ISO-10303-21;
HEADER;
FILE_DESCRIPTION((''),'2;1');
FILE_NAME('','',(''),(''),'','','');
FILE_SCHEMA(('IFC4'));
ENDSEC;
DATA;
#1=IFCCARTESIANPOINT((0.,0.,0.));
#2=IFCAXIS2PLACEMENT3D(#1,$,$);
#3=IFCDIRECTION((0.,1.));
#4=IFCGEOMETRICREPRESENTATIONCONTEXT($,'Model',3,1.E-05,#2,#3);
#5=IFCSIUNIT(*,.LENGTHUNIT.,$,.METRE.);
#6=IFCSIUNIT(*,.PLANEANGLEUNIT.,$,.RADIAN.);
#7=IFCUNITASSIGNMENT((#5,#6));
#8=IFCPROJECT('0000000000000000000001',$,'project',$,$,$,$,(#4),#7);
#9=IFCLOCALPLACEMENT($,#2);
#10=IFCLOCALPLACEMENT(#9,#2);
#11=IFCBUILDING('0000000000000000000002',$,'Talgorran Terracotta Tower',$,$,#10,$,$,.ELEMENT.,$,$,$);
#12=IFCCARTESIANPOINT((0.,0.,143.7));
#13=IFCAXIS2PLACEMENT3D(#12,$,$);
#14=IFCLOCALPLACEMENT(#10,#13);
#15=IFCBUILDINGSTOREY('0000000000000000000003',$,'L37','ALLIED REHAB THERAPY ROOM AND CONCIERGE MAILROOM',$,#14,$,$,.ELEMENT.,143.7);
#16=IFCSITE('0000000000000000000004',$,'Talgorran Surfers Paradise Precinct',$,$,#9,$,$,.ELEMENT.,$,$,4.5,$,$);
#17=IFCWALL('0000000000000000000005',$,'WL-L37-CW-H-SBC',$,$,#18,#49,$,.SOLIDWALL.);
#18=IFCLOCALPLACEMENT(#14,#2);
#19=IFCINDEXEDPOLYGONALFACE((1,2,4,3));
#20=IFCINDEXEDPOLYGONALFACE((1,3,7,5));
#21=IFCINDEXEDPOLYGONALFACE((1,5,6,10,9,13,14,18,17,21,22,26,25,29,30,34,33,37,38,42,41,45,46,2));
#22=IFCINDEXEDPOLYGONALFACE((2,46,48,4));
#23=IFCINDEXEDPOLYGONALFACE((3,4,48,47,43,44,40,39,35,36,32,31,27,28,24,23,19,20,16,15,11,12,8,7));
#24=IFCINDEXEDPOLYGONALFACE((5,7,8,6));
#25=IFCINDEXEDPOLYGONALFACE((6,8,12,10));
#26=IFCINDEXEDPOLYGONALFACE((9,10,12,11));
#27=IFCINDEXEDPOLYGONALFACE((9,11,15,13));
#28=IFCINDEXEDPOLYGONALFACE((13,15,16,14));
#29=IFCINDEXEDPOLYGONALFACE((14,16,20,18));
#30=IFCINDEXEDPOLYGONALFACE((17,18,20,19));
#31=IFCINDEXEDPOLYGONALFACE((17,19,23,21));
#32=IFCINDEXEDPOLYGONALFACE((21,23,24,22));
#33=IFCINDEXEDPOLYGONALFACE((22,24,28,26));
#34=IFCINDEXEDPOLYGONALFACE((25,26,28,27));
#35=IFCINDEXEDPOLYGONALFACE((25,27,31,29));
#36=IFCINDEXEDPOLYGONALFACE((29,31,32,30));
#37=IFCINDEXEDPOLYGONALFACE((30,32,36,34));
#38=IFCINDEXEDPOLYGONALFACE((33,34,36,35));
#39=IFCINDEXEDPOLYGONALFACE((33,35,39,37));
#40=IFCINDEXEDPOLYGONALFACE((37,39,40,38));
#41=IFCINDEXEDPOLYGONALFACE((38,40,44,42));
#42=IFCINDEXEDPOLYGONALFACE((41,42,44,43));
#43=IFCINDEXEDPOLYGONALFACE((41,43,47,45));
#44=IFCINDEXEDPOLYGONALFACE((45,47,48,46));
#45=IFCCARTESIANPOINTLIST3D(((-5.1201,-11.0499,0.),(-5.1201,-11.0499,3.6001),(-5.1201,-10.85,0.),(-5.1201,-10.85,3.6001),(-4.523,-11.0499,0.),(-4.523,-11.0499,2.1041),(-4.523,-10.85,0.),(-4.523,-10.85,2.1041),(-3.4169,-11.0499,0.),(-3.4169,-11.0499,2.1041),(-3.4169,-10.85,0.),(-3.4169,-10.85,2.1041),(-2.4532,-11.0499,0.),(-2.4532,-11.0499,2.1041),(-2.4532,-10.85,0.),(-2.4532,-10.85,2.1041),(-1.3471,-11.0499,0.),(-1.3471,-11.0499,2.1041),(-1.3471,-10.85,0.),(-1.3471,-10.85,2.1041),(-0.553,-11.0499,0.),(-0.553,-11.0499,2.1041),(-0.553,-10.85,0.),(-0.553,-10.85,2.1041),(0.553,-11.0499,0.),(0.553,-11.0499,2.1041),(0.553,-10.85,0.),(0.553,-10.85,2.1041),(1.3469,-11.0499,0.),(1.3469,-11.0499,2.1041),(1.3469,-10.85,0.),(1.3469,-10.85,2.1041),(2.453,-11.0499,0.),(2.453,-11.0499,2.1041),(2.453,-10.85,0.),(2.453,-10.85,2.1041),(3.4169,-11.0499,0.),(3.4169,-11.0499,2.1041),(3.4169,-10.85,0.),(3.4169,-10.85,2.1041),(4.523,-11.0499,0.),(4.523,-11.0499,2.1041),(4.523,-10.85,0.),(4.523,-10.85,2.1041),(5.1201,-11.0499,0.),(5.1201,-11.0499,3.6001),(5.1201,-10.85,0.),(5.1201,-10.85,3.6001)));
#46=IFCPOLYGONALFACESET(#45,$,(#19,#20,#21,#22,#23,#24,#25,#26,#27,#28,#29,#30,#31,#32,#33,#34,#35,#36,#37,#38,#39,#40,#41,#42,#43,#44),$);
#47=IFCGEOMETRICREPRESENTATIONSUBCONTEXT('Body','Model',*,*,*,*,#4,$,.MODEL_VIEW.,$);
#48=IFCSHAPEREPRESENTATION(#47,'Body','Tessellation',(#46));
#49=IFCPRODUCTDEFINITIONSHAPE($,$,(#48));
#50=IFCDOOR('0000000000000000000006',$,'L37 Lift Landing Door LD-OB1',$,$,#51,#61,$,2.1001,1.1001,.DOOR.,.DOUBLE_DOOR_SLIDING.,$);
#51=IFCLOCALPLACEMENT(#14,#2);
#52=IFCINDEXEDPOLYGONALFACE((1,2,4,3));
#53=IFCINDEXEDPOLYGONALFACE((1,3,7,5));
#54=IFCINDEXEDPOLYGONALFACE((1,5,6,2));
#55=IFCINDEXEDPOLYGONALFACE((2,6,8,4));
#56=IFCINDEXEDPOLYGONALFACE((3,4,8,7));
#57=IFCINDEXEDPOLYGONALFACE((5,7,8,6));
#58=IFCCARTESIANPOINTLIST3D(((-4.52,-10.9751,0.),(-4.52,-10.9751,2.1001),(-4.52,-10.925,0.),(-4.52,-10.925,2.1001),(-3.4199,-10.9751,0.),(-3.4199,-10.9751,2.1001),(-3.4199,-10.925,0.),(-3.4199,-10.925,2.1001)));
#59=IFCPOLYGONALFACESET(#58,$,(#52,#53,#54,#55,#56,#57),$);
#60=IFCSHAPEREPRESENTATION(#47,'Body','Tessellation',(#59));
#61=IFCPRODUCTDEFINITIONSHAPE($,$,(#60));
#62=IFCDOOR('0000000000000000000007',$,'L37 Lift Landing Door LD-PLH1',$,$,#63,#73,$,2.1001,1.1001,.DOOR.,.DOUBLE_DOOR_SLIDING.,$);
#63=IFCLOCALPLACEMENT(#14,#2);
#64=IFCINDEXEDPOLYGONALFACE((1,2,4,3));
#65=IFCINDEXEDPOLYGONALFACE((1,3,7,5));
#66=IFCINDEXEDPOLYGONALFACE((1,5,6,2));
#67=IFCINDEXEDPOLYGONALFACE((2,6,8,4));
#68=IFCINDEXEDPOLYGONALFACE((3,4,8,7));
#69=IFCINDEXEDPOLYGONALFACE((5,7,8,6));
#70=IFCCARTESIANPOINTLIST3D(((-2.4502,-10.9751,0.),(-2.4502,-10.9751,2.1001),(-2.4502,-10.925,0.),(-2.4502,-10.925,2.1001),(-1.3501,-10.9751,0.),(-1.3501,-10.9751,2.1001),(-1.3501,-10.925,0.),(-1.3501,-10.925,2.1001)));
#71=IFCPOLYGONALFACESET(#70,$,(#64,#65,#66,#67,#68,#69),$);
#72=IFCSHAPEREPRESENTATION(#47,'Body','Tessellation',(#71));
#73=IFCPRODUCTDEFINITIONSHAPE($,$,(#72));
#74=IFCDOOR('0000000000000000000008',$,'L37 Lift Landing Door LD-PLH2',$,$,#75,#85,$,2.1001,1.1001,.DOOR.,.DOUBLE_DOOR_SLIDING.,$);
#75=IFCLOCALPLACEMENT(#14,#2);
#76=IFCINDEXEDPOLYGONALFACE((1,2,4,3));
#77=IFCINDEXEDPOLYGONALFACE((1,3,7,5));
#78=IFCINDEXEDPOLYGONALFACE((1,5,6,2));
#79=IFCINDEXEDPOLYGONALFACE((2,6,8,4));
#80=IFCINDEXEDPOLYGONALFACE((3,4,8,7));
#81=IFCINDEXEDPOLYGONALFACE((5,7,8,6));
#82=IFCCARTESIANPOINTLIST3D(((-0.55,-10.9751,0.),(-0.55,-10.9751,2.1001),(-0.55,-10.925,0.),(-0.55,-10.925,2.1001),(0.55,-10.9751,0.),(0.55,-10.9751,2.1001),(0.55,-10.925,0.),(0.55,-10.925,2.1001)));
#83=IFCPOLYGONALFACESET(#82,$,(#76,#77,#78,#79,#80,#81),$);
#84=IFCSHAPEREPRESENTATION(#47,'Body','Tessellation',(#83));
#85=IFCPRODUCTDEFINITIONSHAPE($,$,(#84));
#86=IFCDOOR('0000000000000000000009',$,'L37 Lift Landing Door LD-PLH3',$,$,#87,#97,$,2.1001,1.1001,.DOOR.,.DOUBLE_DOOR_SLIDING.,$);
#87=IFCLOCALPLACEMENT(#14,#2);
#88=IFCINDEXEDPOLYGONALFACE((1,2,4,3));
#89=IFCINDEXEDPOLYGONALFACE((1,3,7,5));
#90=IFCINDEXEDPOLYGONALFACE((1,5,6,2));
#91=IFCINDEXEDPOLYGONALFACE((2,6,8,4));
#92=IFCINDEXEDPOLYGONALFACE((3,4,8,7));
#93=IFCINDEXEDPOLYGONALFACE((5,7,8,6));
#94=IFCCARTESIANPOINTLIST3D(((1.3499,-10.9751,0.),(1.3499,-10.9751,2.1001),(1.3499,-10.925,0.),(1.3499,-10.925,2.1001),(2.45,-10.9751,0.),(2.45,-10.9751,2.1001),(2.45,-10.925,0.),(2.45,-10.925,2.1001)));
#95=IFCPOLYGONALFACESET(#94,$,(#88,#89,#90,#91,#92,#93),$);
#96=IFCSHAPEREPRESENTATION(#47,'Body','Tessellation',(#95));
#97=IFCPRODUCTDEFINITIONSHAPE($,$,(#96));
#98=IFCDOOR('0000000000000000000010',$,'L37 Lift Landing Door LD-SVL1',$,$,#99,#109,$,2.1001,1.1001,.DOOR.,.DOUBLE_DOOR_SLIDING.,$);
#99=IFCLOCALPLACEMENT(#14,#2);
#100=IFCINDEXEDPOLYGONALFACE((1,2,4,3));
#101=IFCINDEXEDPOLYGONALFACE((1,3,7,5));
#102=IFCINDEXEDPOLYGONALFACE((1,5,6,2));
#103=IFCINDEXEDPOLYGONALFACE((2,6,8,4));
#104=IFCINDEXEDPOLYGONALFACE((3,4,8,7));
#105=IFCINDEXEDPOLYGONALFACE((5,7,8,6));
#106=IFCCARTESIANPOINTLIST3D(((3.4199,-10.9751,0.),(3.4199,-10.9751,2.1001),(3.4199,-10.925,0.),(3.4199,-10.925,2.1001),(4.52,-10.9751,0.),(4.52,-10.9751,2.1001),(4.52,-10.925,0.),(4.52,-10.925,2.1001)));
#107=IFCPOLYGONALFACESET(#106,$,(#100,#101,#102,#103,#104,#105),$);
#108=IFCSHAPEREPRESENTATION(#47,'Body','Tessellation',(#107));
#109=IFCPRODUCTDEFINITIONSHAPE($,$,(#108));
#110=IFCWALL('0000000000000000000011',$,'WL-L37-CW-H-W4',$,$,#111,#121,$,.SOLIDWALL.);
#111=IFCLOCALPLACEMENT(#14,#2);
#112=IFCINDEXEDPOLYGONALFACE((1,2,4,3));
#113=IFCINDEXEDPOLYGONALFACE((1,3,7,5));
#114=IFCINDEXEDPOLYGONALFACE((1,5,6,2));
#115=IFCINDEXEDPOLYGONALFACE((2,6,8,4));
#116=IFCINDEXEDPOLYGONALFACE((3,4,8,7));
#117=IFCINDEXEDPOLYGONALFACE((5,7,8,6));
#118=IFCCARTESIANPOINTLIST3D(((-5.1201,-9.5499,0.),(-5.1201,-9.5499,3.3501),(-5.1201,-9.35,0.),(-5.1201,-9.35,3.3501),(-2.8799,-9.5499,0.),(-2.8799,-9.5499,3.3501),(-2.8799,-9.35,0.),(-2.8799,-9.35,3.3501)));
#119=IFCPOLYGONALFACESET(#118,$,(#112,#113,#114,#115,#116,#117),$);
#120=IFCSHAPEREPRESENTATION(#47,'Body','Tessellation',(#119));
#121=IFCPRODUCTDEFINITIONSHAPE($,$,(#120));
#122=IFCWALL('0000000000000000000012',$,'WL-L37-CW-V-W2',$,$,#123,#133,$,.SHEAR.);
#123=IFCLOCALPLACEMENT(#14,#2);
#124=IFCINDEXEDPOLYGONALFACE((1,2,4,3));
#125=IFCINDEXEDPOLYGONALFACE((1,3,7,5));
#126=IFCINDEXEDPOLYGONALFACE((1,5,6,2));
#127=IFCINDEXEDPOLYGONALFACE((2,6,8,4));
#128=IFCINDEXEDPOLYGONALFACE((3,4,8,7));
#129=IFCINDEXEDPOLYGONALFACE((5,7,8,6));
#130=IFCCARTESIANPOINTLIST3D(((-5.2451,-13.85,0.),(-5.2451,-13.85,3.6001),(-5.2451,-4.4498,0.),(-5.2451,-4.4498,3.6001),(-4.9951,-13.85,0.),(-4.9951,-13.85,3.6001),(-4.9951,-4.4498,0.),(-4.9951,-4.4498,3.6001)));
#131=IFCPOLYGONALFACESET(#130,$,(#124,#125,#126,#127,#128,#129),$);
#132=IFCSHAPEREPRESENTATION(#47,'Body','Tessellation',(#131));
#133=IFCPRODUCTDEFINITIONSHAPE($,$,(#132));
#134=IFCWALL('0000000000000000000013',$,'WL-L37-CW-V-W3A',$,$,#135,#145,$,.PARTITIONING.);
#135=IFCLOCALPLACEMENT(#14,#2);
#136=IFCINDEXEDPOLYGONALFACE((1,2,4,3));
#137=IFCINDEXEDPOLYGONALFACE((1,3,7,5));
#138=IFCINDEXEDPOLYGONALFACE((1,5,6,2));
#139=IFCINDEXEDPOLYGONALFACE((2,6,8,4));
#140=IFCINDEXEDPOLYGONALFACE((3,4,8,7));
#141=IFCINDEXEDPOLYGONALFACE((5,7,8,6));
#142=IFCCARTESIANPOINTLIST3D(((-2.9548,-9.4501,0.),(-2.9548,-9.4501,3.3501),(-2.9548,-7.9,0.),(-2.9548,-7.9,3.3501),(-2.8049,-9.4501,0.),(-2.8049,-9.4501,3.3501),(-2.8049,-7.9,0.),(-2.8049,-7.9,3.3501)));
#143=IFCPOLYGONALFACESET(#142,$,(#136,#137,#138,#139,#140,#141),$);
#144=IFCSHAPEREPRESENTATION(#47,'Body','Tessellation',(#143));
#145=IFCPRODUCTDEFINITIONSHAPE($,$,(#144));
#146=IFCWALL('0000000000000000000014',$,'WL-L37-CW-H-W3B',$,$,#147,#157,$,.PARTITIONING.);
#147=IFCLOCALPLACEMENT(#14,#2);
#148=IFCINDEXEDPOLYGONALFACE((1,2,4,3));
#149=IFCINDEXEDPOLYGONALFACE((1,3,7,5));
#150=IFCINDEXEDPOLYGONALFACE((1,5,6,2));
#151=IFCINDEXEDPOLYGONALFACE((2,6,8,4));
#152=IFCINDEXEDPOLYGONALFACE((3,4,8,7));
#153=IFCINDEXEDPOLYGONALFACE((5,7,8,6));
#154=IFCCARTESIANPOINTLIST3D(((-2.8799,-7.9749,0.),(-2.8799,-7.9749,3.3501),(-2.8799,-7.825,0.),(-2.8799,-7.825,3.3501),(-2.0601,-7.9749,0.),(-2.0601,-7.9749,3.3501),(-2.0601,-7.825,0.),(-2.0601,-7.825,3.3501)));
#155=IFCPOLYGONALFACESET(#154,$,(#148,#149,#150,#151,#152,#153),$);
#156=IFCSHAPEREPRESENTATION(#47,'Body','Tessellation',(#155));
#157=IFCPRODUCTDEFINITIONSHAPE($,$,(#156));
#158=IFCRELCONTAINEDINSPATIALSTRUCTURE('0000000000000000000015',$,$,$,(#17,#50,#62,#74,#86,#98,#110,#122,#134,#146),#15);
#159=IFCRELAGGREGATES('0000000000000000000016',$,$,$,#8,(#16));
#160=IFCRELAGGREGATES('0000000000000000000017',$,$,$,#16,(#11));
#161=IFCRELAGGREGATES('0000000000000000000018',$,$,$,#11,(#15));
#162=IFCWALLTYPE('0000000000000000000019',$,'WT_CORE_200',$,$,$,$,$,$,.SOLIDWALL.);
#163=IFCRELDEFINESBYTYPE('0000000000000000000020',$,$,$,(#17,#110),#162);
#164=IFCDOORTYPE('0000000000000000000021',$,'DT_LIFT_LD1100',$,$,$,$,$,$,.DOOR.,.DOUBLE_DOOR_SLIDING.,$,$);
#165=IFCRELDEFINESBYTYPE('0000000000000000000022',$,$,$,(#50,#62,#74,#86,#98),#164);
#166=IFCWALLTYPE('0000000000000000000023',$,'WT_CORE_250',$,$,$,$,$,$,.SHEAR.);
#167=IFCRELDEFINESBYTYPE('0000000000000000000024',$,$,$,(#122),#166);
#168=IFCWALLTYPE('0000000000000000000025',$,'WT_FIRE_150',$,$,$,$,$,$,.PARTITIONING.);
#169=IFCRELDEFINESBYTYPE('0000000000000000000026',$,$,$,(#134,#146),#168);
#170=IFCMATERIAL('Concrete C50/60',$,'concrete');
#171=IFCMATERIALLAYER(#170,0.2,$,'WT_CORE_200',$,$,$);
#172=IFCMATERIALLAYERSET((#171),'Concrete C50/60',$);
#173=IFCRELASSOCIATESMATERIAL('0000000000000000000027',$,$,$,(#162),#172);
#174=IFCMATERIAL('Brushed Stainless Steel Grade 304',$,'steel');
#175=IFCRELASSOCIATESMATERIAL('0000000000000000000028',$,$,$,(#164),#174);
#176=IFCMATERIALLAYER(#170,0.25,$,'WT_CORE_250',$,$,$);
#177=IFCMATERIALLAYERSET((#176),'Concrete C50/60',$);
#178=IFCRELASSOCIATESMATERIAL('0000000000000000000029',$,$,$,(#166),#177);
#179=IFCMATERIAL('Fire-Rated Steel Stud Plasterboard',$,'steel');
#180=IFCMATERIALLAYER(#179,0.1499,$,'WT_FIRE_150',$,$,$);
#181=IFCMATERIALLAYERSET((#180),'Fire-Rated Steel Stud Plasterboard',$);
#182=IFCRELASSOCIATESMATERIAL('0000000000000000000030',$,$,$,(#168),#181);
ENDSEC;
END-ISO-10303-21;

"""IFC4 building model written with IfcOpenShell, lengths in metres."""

from ifc_helpers import new_model, si_unit, direction, frame, frame_2d, origin, place, context, subcontext, project, spatial, rectangle, extrude, material, layer, layer_set, type_object, element, fill, save


model = new_model("IFC4")

# Units and contexts
model_context = context("Model", 3, precision=1e-05, world=origin(), true_north=direction((0.0, 1.0)))
body_context = subcontext(model_context, "Body", "Model", "MODEL_VIEW")
ifc_project = project(units=[si_unit("LENGTHUNIT", "METRE"), si_unit("PLANEANGLEUNIT", "RADIAN")], contexts=[model_context])

# Site, building, storey
site_placement = place(None, origin())
site = spatial("IfcSite", under=ifc_project, at=site_placement, Name="Talgorran Surfers Paradise Precinct", CompositionType="ELEMENT", RefElevation=4.5)
building_placement = place(site_placement, origin())
building = spatial("IfcBuilding", under=site, at=building_placement, Name="Talgorran Terracotta Tower", CompositionType="ELEMENT")
storey_placement = place(building_placement, frame((0.0, 0.0, 143.7)))
storey = spatial("IfcBuildingStorey", under=building, at=storey_placement, Name="L37", Description="ALLIED REHAB THERAPY ROOM AND CONCIERGE MAILROOM", CompositionType="ELEMENT", Elevation=143.7)

# Shared definitions
ifc_material_1 = material(Name="Concrete C50/60", Category="concrete")

# Wall, openings, doors
ifc_layer_1 = layer(ifc_material_1, 0.2, Name="WT_CORE_200")
ifc_layer_set_1 = layer_set([ifc_layer_1], Name="Concrete C50/60")
wall_type_1 = type_object("IfcWallType", Name="WT_CORE_200", PredefinedType="SOLIDWALL", material=ifc_layer_set_1)
wall_1_placement = place(storey_placement, frame((-5.1201, -10.95, 0.0), z_axis=(0.0, 0.0, 1.0), x_axis=(1.0, 0.0, 0.0)))
wall_1 = element("IfcWall", 1, at=wall_1_placement, inside=storey, type_object=wall_type_1, Name="WL-L37-CW-H-SBC", PredefinedType="SOLIDWALL", context=body_context, shape_type="SweptSolid", body=[
    extrude(rectangle(XDim=10.2402, YDim=0.2, at=frame_2d((5.1201, 0.0))), origin(), (0.0, 0.0, 1.0), 3.6001),
])
opening_1_placement = place(wall_1_placement, frame((0.6001, 0.0, 0.0)))
opening_1 = element("IfcOpeningElement", 2, at=opening_1_placement, cuts=wall_1, PredefinedType="OPENING", context=body_context, shape_type="SweptSolid", body=[
    extrude(rectangle(XDim=1.1061, YDim=2.1041, at=frame_2d((0.55, 1.052))), frame((0.0, 0.1099, 0.0), z_axis=(0.0, -1.0, 0.0), x_axis=(1.0, 0.0, 0.0)), (0.0, 0.0, 1.0), 0.22),
])
opening_2_placement = place(wall_1_placement, frame((2.6699, 0.0, 0.0)))
opening_2 = element("IfcOpeningElement", 3, at=opening_2_placement, cuts=wall_1, PredefinedType="OPENING", context=body_context, shape_type="SweptSolid", body=[
    extrude(rectangle(XDim=1.1061, YDim=2.1041, at=frame_2d((0.55, 1.052))), frame((0.0, 0.1099, 0.0), z_axis=(0.0, -1.0, 0.0), x_axis=(1.0, 0.0, 0.0)), (0.0, 0.0, 1.0), 0.22),
])
opening_3_placement = place(wall_1_placement, frame((4.5701, 0.0, 0.0)))
opening_3 = element("IfcOpeningElement", 4, at=opening_3_placement, cuts=wall_1, PredefinedType="OPENING", context=body_context, shape_type="SweptSolid", body=[
    extrude(rectangle(XDim=1.1061, YDim=2.1041, at=frame_2d((0.55, 1.052))), frame((0.0, 0.1099, 0.0), z_axis=(0.0, -1.0, 0.0), x_axis=(1.0, 0.0, 0.0)), (0.0, 0.0, 1.0), 0.22),
])
opening_4_placement = place(wall_1_placement, frame((6.47, 0.0, 0.0)))
opening_4 = element("IfcOpeningElement", 5, at=opening_4_placement, cuts=wall_1, PredefinedType="OPENING", context=body_context, shape_type="SweptSolid", body=[
    extrude(rectangle(XDim=1.1061, YDim=2.1041, at=frame_2d((0.55, 1.052))), frame((0.0, 0.1099, 0.0), z_axis=(0.0, -1.0, 0.0), x_axis=(1.0, 0.0, 0.0)), (0.0, 0.0, 1.0), 0.22),
])
opening_5_placement = place(wall_1_placement, frame((8.54, 0.0, 0.0)))
opening_5 = element("IfcOpeningElement", 6, at=opening_5_placement, cuts=wall_1, PredefinedType="OPENING", context=body_context, shape_type="SweptSolid", body=[
    extrude(rectangle(XDim=1.1061, YDim=2.1041, at=frame_2d((0.55, 1.052))), frame((0.0, 0.1099, 0.0), z_axis=(0.0, -1.0, 0.0), x_axis=(1.0, 0.0, 0.0)), (0.0, 0.0, 1.0), 0.22),
])
ifc_material_2 = material(Name="Brushed Stainless Steel Grade 304", Category="steel")
door_type_1 = type_object("IfcDoorType", Name="DT_LIFT_LD1100", OperationType="DOUBLE_DOOR_SLIDING", PredefinedType="DOOR", material=ifc_material_2)
door_1_placement = place(opening_1_placement, origin())
door_1 = element("IfcDoor", 7, at=door_1_placement, inside=storey, type_object=door_type_1, Name="L37 Lift Landing Door LD-OB1", OperationType="DOUBLE_DOOR_SLIDING", OverallHeight=2.1001, OverallWidth=1.1001, PredefinedType="DOOR", context=body_context, shape_type="SweptSolid", body=[
    extrude(rectangle(XDim=1.1001, YDim=2.1001, at=frame_2d((0.55, 1.05))), frame((0.0, 0.0249, 0.0), z_axis=(0.0, -1.0, 0.0), x_axis=(1.0, 0.0, 0.0)), (0.0, 0.0, 1.0), 0.05),
])
fill(opening_1, door_1)
door_2_placement = place(opening_2_placement, origin())
door_2 = element("IfcDoor", 8, at=door_2_placement, inside=storey, type_object=door_type_1, Name="L37 Lift Landing Door LD-PLH1", OperationType="DOUBLE_DOOR_SLIDING", OverallHeight=2.1001, OverallWidth=1.1001, PredefinedType="DOOR", context=body_context, shape_type="SweptSolid", body=[
    extrude(rectangle(XDim=1.1001, YDim=2.1001, at=frame_2d((0.55, 1.05))), frame((0.0, 0.0249, 0.0), z_axis=(0.0, -1.0, 0.0), x_axis=(1.0, 0.0, 0.0)), (0.0, 0.0, 1.0), 0.05),
])
fill(opening_2, door_2)
door_3_placement = place(opening_3_placement, origin())
door_3 = element("IfcDoor", 9, at=door_3_placement, inside=storey, type_object=door_type_1, Name="L37 Lift Landing Door LD-PLH2", OperationType="DOUBLE_DOOR_SLIDING", OverallHeight=2.1001, OverallWidth=1.1001, PredefinedType="DOOR", context=body_context, shape_type="SweptSolid", body=[
    extrude(rectangle(XDim=1.1001, YDim=2.1001, at=frame_2d((0.55, 1.05))), frame((0.0, 0.0249, 0.0), z_axis=(0.0, -1.0, 0.0), x_axis=(1.0, 0.0, 0.0)), (0.0, 0.0, 1.0), 0.05),
])
fill(opening_3, door_3)
door_4_placement = place(opening_4_placement, origin())
door_4 = element("IfcDoor", 10, at=door_4_placement, inside=storey, type_object=door_type_1, Name="L37 Lift Landing Door LD-PLH3", OperationType="DOUBLE_DOOR_SLIDING", OverallHeight=2.1001, OverallWidth=1.1001, PredefinedType="DOOR", context=body_context, shape_type="SweptSolid", body=[
    extrude(rectangle(XDim=1.1001, YDim=2.1001, at=frame_2d((0.55, 1.05))), frame((0.0, 0.0249, 0.0), z_axis=(0.0, -1.0, 0.0), x_axis=(1.0, 0.0, 0.0)), (0.0, 0.0, 1.0), 0.05),
])
fill(opening_4, door_4)
door_5_placement = place(opening_5_placement, origin())
door_5 = element("IfcDoor", 11, at=door_5_placement, inside=storey, type_object=door_type_1, Name="L37 Lift Landing Door LD-SVL1", OperationType="DOUBLE_DOOR_SLIDING", OverallHeight=2.1001, OverallWidth=1.1001, PredefinedType="DOOR", context=body_context, shape_type="SweptSolid", body=[
    extrude(rectangle(XDim=1.1001, YDim=2.1001, at=frame_2d((0.55, 1.05))), frame((0.0, 0.0249, 0.0), z_axis=(0.0, -1.0, 0.0), x_axis=(1.0, 0.0, 0.0)), (0.0, 0.0, 1.0), 0.05),
])
fill(opening_5, door_5)

# Walls
wall_2_placement = place(storey_placement, frame((-5.1201, -9.45, 0.0), z_axis=(0.0, 0.0, 1.0), x_axis=(1.0, 0.0, 0.0)))
element("IfcWall", 12, at=wall_2_placement, inside=storey, type_object=wall_type_1, Name="WL-L37-CW-H-W4", PredefinedType="SOLIDWALL", context=body_context, shape_type="SweptSolid", body=[
    extrude(rectangle(XDim=2.2402, YDim=0.2, at=frame_2d((1.1201, 0.0))), origin(), (0.0, 0.0, 1.0), 3.3501),
])
ifc_layer_2 = layer(ifc_material_1, 0.25, Name="WT_CORE_250")
ifc_layer_set_2 = layer_set([ifc_layer_2], Name="Concrete C50/60")
wall_type_2 = type_object("IfcWallType", Name="WT_CORE_250", PredefinedType="SHEAR", material=ifc_layer_set_2)
wall_3_placement = place(storey_placement, frame((-5.1201, -13.8501, 0.0), z_axis=(0.0, 0.0, 1.0), x_axis=(0.0, 1.0, 0.0)))
element("IfcWall", 13, at=wall_3_placement, inside=storey, type_object=wall_type_2, Name="WL-L37-CW-V-W2", PredefinedType="SHEAR", context=body_context, shape_type="SweptSolid", body=[
    extrude(rectangle(XDim=9.4001, YDim=0.25, at=frame_2d((4.7002, 0.0))), origin(), (0.0, 0.0, 1.0), 3.6001),
])
ifc_material_3 = material(Name="Fire-Rated Steel Stud Plasterboard", Category="steel")
ifc_layer_3 = layer(ifc_material_3, 0.1499, Name="WT_FIRE_150")
ifc_layer_set_3 = layer_set([ifc_layer_3], Name="Fire-Rated Steel Stud Plasterboard")
wall_type_3 = type_object("IfcWallType", Name="WT_FIRE_150", PredefinedType="PARTITIONING", material=ifc_layer_set_3)
wall_4_placement = place(storey_placement, frame((-2.8799, -9.45, 0.0), z_axis=(0.0, 0.0, 1.0), x_axis=(0.0, 1.0, 0.0)))
element("IfcWall", 14, at=wall_4_placement, inside=storey, type_object=wall_type_3, Name="WL-L37-CW-V-W3A", PredefinedType="PARTITIONING", context=body_context, shape_type="SweptSolid", body=[
    extrude(rectangle(XDim=1.55, YDim=0.1499, at=frame_2d((0.7749, 0.0))), origin(), (0.0, 0.0, 1.0), 3.3501),
])
wall_5_placement = place(storey_placement, frame((-2.8799, -7.8999, 0.0), z_axis=(0.0, 0.0, 1.0), x_axis=(1.0, 0.0, 0.0)))
element("IfcWall", 15, at=wall_5_placement, inside=storey, type_object=wall_type_3, Name="WL-L37-CW-H-W3B", PredefinedType="PARTITIONING", context=body_context, shape_type="SweptSolid", body=[
    extrude(rectangle(XDim=0.8198, YDim=0.1499, at=frame_2d((0.4099, 0.0))), origin(), (0.0, 0.0, 1.0), 3.3501),
])

save(model, "model.ifc")
